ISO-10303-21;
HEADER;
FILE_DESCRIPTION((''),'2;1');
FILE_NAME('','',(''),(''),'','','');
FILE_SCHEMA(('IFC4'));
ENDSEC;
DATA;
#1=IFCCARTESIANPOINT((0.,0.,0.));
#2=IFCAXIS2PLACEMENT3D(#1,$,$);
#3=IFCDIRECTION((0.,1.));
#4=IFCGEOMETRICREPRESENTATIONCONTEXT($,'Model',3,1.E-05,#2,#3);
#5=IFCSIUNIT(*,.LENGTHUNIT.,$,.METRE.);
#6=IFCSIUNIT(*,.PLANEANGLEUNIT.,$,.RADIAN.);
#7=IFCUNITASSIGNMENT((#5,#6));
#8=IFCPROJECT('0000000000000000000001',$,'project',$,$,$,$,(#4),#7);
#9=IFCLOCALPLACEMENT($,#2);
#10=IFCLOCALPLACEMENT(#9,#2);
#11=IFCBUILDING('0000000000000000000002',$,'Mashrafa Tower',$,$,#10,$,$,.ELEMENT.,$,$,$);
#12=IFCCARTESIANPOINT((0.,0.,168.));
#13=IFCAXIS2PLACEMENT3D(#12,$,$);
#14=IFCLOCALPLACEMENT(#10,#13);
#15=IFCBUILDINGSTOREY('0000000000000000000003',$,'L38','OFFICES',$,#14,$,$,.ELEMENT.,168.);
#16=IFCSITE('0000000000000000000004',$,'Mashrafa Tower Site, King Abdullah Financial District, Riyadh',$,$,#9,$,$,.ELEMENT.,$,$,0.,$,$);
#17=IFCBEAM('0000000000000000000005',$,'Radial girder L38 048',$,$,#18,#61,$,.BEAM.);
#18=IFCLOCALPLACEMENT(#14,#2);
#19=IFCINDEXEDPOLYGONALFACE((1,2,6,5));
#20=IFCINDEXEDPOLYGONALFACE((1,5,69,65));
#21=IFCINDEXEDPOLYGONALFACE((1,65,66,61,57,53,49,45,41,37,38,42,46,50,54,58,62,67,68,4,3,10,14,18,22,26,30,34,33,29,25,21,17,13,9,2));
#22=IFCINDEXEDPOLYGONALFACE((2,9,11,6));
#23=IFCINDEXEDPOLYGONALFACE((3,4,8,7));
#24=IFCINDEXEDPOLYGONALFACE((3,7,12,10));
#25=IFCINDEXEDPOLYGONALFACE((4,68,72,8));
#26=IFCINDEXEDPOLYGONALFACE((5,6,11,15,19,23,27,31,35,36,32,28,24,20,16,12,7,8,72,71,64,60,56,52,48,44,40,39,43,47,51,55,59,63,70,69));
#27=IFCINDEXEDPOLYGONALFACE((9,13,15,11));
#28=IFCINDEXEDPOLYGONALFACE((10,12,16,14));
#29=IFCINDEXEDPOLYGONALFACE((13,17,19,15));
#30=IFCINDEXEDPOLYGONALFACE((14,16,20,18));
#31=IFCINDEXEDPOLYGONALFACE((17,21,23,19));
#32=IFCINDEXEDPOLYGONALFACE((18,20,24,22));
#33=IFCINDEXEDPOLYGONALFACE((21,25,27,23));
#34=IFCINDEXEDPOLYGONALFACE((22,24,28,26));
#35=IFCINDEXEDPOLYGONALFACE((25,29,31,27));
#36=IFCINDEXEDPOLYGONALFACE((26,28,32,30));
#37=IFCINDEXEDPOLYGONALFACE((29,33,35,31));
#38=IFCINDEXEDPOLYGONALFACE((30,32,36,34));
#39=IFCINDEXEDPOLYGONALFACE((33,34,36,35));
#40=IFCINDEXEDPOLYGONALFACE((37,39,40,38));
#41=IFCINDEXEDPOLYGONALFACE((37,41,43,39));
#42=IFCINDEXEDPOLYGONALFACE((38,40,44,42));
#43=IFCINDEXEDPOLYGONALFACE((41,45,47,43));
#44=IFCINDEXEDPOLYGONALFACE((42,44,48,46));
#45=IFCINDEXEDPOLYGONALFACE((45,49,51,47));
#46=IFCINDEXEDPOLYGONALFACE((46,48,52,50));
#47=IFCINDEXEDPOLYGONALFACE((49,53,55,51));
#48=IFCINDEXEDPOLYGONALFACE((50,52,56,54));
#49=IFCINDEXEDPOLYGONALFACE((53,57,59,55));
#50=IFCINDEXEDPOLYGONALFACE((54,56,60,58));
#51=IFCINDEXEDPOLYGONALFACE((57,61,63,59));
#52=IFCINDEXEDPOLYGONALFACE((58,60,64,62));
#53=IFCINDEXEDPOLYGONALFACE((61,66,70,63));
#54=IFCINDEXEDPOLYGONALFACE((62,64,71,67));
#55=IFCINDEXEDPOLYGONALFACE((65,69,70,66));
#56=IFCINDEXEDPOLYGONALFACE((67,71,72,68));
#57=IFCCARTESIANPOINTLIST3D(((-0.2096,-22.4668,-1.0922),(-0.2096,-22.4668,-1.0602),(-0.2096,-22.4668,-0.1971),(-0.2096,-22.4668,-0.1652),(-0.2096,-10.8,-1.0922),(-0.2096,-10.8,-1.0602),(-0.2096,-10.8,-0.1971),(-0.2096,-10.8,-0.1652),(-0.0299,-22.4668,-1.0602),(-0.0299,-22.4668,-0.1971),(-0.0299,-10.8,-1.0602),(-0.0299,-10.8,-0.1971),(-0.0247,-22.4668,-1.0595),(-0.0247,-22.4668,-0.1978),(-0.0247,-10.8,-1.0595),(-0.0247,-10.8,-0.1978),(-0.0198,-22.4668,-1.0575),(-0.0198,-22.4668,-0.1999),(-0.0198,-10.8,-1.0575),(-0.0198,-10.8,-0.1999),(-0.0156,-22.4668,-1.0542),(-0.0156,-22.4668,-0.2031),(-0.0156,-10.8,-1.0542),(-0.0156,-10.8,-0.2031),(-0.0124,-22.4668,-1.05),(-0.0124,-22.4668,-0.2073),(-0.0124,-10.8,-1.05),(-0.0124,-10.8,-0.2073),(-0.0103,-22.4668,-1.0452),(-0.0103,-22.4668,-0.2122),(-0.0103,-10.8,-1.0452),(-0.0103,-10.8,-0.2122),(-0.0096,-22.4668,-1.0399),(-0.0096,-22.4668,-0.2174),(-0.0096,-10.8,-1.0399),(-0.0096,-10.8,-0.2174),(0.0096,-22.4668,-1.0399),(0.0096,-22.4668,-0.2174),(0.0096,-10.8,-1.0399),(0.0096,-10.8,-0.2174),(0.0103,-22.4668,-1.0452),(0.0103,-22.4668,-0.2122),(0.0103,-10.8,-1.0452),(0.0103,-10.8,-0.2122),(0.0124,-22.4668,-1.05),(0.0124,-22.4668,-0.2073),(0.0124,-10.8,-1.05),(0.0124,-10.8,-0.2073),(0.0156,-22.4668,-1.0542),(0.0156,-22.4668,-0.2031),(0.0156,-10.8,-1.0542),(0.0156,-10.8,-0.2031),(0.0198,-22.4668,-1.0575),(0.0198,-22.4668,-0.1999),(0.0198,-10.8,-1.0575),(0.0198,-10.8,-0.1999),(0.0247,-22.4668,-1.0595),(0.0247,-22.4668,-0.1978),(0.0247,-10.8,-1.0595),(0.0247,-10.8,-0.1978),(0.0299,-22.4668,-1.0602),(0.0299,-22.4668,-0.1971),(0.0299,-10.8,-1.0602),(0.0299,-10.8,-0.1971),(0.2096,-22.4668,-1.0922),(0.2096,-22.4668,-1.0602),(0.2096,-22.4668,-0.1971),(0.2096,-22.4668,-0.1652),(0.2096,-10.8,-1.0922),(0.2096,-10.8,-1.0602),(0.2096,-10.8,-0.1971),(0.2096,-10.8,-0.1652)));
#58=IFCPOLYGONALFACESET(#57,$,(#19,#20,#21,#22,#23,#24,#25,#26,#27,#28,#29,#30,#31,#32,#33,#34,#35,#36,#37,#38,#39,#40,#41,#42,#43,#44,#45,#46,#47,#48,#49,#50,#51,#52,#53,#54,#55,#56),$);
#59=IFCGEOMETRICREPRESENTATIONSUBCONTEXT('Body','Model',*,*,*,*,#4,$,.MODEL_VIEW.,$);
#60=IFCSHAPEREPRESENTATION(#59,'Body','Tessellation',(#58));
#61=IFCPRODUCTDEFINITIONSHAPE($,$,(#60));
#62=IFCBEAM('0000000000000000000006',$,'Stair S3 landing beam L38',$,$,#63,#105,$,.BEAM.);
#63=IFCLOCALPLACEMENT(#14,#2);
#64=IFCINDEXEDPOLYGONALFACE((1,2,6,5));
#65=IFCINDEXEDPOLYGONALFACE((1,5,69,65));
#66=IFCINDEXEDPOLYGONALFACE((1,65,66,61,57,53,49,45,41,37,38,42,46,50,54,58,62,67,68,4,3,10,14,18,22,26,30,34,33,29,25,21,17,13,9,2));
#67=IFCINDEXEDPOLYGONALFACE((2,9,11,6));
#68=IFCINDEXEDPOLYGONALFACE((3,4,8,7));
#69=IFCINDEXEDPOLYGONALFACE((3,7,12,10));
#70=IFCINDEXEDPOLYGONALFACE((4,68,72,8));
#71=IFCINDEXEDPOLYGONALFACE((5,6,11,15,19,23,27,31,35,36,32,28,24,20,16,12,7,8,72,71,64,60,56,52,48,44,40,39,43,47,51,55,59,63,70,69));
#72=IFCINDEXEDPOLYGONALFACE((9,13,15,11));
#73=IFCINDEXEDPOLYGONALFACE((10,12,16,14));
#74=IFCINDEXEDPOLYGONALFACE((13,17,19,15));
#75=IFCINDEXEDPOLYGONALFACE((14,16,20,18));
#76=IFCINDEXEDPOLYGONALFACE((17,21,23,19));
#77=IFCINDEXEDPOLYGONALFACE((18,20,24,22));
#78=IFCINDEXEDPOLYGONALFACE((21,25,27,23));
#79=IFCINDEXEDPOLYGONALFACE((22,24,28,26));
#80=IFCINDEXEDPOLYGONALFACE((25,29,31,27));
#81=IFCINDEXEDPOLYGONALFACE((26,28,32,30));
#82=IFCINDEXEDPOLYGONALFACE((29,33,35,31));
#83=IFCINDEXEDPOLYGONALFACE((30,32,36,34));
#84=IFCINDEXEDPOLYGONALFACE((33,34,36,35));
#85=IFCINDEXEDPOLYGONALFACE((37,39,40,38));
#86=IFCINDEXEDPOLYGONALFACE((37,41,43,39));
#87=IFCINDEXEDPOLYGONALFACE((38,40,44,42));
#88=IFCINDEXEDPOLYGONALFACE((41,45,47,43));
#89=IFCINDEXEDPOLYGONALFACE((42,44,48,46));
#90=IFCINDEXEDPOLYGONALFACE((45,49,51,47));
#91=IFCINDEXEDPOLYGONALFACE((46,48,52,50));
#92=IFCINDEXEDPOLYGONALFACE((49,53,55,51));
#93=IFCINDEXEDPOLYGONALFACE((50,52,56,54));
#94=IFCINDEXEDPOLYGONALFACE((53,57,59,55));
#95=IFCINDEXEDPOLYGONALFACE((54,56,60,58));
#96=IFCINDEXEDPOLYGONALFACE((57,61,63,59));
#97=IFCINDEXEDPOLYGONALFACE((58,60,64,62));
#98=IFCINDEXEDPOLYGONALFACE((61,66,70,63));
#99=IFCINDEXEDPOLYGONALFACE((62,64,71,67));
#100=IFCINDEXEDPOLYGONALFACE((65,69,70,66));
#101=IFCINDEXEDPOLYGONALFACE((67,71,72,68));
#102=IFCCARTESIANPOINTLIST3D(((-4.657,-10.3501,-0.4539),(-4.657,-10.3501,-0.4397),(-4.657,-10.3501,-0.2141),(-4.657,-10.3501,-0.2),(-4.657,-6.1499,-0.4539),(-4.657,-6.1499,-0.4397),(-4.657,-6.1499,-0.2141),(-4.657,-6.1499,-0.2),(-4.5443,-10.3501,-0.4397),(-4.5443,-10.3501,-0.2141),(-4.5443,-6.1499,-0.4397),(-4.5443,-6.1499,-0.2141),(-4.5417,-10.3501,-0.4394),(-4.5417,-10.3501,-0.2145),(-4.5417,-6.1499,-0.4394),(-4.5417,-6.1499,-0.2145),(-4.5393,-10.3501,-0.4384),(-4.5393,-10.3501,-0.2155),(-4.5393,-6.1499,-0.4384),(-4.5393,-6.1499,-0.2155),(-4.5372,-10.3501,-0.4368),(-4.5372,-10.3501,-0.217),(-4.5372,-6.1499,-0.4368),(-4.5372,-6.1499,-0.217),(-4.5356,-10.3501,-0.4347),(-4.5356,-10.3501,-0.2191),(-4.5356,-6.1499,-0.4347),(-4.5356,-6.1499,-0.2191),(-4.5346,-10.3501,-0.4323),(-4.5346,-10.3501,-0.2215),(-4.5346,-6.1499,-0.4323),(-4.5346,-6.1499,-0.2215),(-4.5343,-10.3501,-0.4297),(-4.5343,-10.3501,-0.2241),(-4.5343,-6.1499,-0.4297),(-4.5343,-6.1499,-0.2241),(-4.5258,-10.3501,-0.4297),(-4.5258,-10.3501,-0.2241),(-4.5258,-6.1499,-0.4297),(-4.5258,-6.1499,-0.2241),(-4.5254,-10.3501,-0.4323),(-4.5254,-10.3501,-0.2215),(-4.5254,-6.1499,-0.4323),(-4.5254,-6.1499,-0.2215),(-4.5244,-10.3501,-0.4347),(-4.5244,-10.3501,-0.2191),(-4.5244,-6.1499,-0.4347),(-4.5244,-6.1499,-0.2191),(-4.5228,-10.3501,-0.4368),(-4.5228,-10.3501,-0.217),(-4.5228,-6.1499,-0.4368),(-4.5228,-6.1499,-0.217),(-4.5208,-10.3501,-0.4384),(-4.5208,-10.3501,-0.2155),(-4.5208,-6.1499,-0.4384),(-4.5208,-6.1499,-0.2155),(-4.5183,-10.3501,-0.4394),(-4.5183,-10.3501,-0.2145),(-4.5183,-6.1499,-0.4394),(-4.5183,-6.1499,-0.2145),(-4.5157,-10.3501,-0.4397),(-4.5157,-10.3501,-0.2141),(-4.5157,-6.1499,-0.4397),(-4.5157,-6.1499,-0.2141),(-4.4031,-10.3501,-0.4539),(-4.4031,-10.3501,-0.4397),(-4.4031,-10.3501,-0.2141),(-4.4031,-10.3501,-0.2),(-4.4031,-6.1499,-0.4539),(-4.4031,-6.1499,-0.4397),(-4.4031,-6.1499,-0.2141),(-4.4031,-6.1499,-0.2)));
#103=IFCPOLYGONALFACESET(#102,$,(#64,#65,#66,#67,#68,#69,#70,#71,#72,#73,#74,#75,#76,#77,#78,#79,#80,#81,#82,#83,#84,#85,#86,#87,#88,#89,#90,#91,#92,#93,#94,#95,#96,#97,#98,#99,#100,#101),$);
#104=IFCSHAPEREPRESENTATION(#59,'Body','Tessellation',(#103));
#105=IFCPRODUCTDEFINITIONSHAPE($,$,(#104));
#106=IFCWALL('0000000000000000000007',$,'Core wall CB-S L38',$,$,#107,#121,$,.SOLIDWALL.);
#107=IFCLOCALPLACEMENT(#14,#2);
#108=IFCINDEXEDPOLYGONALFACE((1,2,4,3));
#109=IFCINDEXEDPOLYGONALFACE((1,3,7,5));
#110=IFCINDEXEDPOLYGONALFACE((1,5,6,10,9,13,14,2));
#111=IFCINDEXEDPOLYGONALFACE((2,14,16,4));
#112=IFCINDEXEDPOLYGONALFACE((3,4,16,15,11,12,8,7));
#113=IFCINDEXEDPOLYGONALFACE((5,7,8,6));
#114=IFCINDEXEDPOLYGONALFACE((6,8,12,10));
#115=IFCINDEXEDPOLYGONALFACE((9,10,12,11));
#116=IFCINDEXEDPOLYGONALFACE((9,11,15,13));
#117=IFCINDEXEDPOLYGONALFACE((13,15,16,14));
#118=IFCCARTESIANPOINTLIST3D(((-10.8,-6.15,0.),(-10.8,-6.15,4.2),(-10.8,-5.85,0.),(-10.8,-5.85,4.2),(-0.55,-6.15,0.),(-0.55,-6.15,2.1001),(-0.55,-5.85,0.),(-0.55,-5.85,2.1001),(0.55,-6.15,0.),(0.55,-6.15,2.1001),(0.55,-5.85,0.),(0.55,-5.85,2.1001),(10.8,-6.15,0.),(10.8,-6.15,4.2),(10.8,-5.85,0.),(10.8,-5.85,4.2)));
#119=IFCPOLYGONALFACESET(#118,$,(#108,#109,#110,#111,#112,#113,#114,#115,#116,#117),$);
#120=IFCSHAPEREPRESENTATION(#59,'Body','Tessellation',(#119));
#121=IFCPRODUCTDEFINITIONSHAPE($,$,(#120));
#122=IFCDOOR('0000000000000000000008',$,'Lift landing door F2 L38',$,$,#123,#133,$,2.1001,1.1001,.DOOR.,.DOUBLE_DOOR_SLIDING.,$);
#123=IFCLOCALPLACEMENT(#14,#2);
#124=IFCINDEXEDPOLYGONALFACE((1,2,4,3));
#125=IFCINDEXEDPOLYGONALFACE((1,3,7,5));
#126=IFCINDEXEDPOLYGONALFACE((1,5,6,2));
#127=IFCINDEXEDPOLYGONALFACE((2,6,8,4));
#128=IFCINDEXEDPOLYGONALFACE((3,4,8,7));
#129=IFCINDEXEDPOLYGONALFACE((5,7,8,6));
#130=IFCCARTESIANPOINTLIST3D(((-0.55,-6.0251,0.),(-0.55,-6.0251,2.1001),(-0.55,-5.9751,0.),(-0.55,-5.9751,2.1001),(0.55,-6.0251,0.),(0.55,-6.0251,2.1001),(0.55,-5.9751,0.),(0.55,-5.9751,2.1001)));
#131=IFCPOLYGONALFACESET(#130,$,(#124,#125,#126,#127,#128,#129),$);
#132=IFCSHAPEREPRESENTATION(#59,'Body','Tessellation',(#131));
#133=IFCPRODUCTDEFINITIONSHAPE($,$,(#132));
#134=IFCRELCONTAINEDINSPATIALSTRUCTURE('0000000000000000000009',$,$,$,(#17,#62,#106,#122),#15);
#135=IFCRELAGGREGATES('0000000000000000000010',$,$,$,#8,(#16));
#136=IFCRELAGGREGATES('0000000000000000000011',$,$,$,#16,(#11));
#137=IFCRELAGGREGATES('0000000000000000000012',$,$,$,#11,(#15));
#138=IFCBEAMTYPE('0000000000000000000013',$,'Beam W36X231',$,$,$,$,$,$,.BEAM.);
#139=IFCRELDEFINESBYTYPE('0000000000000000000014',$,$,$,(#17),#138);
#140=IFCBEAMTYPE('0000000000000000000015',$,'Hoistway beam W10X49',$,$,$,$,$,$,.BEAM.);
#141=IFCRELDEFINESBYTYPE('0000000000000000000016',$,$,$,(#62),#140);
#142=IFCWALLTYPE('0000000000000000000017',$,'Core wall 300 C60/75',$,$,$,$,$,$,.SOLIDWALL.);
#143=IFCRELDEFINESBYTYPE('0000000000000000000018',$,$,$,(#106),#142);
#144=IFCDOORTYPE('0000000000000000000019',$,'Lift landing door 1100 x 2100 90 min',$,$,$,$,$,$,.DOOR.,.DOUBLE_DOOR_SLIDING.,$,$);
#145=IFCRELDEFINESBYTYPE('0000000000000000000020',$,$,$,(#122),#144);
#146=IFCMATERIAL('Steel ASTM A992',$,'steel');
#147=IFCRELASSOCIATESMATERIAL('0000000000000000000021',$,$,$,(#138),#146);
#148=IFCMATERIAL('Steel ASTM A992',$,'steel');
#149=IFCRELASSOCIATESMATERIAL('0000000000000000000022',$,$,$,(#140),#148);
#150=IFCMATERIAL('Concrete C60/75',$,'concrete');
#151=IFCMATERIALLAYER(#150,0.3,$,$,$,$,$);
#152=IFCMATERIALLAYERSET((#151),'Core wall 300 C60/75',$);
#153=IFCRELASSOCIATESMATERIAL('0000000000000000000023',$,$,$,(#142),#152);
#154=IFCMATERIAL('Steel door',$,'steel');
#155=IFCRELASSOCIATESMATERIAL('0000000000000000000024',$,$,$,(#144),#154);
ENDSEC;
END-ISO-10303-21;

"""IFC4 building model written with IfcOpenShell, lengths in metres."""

from ifc_helpers import new_model, si_unit, direction, frame, frame_2d, origin, origin_2d, place, context, subcontext, project, spatial, rectangle, i_section, extrude, material, layer, layer_set, material_profile, profile_set, type_object, element, fill, save


model = new_model("IFC4")

# Units and contexts
model_context = context("Model", 3, precision=1e-05, world=origin(), true_north=direction((0.0, 1.0)))
body_context = subcontext(model_context, "Body", "Model", "MODEL_VIEW")
ifc_project = project(units=[si_unit("LENGTHUNIT", "METRE"), si_unit("PLANEANGLEUNIT", "RADIAN")], contexts=[model_context])

# Site, building, storey
site_placement = place(None, origin())
site = spatial("IfcSite", under=ifc_project, at=site_placement, Name="Mashrafa Tower Site, King Abdullah Financial District, Riyadh", CompositionType="ELEMENT", RefElevation=0.0)
building_placement = place(site_placement, origin())
building = spatial("IfcBuilding", under=site, at=building_placement, Name="Mashrafa Tower", CompositionType="ELEMENT")
storey_placement = place(building_placement, frame((0.0, 0.0, 168.0)))
storey = spatial("IfcBuildingStorey", under=building, at=storey_placement, Name="L38", Description="OFFICES", CompositionType="ELEMENT", Elevation=168.0)

# Beams
ifc_material_1 = material(Name="Steel ASTM A992", Category="steel")
ifc_material_profile_1 = material_profile(ifc_material_1, i_section(OverallWidth=0.4192, OverallDepth=0.927, WebThickness=0.0193, FlangeThickness=0.032, FilletRadius=0.0203, at=origin_2d()), Name="W36X231")
ifc_profile_set_1 = profile_set([ifc_material_profile_1], Name="Steel ASTM A992")
beam_type_1 = type_object("IfcBeamType", Name="Beam W36X231", PredefinedType="BEAM", material=ifc_profile_set_1)
beam_1_placement = place(storey_placement, frame((0.0, -10.8, -0.6287), z_axis=(0.0, -1.0, 0.0), x_axis=(1.0, 0.0, 0.0)))
element("IfcBeam", 1, at=beam_1_placement, inside=storey, type_object=beam_type_1, Name="Radial girder L38 048", PredefinedType="BEAM", context=body_context, shape_type="SweptSolid", body=[
    extrude(i_section(OverallWidth=0.4192, OverallDepth=0.927, WebThickness=0.0193, FlangeThickness=0.032, FilletRadius=0.0203, at=origin_2d()), origin(), (0.0, 0.0, 1.0), 11.6667),
])
ifc_material_2 = material(Name="Steel ASTM A992", Category="steel")
ifc_material_profile_2 = material_profile(ifc_material_2, i_section(OverallWidth=0.2539, OverallDepth=0.2539, WebThickness=0.0085, FlangeThickness=0.0142, FilletRadius=0.01, at=origin_2d()), Name="W10X49")
ifc_profile_set_2 = profile_set([ifc_material_profile_2], Name="Steel ASTM A992")
beam_type_2 = type_object("IfcBeamType", Name="Hoistway beam W10X49", PredefinedType="BEAM", material=ifc_profile_set_2)
beam_2_placement = place(storey_placement, frame((-4.53, -10.3501, -0.3269), z_axis=(0.0, 1.0, 0.0), x_axis=(-1.0, 0.0, 0.0)))
element("IfcBeam", 2, at=beam_2_placement, inside=storey, type_object=beam_type_2, Name="Stair S3 landing beam L38", PredefinedType="BEAM", context=body_context, shape_type="SweptSolid", body=[
    extrude(i_section(OverallWidth=0.2539, OverallDepth=0.2539, WebThickness=0.0085, FlangeThickness=0.0142, FilletRadius=0.01, at=origin_2d()), origin(), (0.0, 0.0, 1.0), 4.2002),
])

# Wall, opening, door
ifc_material_3 = material(Name="Concrete C60/75", Category="concrete")
ifc_layer_1 = layer(ifc_material_3, 0.3)
ifc_layer_set_1 = layer_set([ifc_layer_1], Name="Core wall 300 C60/75")
wall_type_1 = type_object("IfcWallType", Name="Core wall 300 C60/75", PredefinedType="SOLIDWALL", material=ifc_layer_set_1)
wall_1_placement = place(storey_placement, frame((-10.8, -6.0, 0.0), z_axis=(0.0, 0.0, 1.0), x_axis=(1.0, 0.0, 0.0)))
wall_1 = element("IfcWall", 3, at=wall_1_placement, inside=storey, type_object=wall_type_1, Name="Core wall CB-S L38", PredefinedType="SOLIDWALL", context=body_context, shape_type="SweptSolid", body=[
    extrude(rectangle(XDim=21.6001, YDim=0.3, at=frame_2d((10.8, 0.0))), origin(), (0.0, 0.0, 1.0), 4.2),
])
opening_1_placement = place(wall_1_placement, frame((10.25, 0.0, 0.0)))
opening_1 = element("IfcOpeningElement", 4, at=opening_1_placement, cuts=wall_1, PredefinedType="OPENING", context=body_context, shape_type="SweptSolid", body=[
    extrude(rectangle(XDim=1.1001, YDim=2.1001, at=frame_2d((0.55, 1.05))), frame((0.0, 0.1599, 0.0), z_axis=(0.0, -1.0, 0.0), x_axis=(1.0, 0.0, 0.0)), (0.0, 0.0, 1.0), 0.3201),
])
ifc_material_4 = material(Name="Steel door", Category="steel")
door_type_1 = type_object("IfcDoorType", Name="Lift landing door 1100 x 2100 90 min", OperationType="DOUBLE_DOOR_SLIDING", PredefinedType="DOOR", material=ifc_material_4)
door_1_placement = place(opening_1_placement, origin())
door_1 = element("IfcDoor", 5, at=door_1_placement, inside=storey, type_object=door_type_1, Name="Lift landing door F2 L38", OperationType="DOUBLE_DOOR_SLIDING", OverallHeight=2.1001, OverallWidth=1.1001, PredefinedType="DOOR", context=body_context, shape_type="SweptSolid", body=[
    extrude(rectangle(XDim=1.1001, YDim=2.1001, at=frame_2d((0.55, 1.05))), frame((0.0, 0.0249, 0.0), z_axis=(0.0, -1.0, 0.0), x_axis=(1.0, 0.0, 0.0)), (0.0, 0.0, 1.0), 0.05),
])
fill(opening_1, door_1)

save(model, "model.ifc")
